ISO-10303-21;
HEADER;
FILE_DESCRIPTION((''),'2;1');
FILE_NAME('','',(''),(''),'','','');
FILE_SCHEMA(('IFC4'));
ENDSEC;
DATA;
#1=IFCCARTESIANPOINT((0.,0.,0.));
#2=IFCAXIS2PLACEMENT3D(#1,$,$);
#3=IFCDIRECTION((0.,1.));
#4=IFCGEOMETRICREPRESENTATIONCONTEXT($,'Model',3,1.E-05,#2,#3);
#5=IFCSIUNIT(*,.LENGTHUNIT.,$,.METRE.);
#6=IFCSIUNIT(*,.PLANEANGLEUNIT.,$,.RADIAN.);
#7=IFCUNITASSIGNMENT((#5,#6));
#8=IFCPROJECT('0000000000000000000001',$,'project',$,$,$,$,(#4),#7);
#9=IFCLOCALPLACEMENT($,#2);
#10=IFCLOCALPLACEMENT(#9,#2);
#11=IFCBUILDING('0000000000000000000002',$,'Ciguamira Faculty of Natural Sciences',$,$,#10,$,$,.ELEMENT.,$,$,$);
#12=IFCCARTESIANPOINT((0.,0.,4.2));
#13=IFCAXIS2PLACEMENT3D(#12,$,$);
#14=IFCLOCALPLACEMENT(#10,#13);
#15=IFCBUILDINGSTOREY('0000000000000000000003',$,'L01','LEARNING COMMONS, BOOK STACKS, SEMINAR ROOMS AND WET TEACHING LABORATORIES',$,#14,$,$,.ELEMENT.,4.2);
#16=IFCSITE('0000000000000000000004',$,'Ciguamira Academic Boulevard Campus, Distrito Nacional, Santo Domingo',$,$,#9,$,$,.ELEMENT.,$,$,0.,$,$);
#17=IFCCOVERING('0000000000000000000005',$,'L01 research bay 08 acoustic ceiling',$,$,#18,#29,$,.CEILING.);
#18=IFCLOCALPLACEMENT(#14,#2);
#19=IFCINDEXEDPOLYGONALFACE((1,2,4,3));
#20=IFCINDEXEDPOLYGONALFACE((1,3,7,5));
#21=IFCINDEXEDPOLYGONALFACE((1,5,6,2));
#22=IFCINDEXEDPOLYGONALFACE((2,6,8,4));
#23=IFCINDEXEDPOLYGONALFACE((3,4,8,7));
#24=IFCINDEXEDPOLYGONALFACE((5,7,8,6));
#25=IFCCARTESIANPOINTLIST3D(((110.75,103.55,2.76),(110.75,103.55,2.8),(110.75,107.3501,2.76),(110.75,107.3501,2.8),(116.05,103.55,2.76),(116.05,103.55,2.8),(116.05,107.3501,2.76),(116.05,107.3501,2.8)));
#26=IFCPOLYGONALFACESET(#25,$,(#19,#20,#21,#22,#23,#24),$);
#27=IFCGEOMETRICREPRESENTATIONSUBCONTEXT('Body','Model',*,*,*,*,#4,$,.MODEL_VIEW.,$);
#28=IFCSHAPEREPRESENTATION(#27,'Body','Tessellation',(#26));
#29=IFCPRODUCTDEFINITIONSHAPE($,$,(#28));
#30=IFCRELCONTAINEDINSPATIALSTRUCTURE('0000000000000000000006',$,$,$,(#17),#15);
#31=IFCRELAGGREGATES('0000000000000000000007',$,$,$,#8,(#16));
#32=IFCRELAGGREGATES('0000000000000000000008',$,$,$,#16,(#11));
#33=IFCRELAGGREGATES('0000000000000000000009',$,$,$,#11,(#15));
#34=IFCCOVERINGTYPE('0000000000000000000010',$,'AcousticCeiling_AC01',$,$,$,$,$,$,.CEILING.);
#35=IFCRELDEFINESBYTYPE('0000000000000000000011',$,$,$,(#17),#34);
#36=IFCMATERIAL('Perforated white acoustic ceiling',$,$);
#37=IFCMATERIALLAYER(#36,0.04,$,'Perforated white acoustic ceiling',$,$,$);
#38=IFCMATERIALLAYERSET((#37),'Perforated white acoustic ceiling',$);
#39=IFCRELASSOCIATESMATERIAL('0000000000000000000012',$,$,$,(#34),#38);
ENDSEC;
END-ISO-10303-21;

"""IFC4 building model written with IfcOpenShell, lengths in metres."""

from ifc_helpers import new_model, si_unit, direction, frame, origin, place, context, subcontext, project, spatial, polyline, outline, extrude, material, layer, layer_set, type_object, element, save


model = new_model("IFC4")

# Units and contexts
model_context = context("Model", 3, precision=1e-05, world=origin(), true_north=direction((0.0, 1.0)))
body_context = subcontext(model_context, "Body", "Model", "MODEL_VIEW")
ifc_project = project(units=[si_unit("LENGTHUNIT", "METRE"), si_unit("PLANEANGLEUNIT", "RADIAN")], contexts=[model_context])

# Site, building, storey
site_placement = place(None, origin())
site = spatial("IfcSite", under=ifc_project, at=site_placement, Name="Ciguamira Academic Boulevard Campus, Distrito Nacional, Santo Domingo", CompositionType="ELEMENT", RefElevation=0.0)
building_placement = place(site_placement, origin())
building = spatial("IfcBuilding", under=site, at=building_placement, Name="Ciguamira Faculty of Natural Sciences", CompositionType="ELEMENT")
storey_placement = place(building_placement, frame((0.0, 0.0, 4.2)))
storey = spatial("IfcBuildingStorey", under=building, at=storey_placement, Name="L01", Description="LEARNING COMMONS, BOOK STACKS, SEMINAR ROOMS AND WET TEACHING LABORATORIES", CompositionType="ELEMENT", Elevation=4.2)

# Covering
ifc_material_1 = material(Name="Perforated white acoustic ceiling")
ifc_layer_1 = layer(ifc_material_1, 0.04, Name="Perforated white acoustic ceiling")
ifc_layer_set_1 = layer_set([ifc_layer_1], Name="Perforated white acoustic ceiling")
covering_type = type_object("IfcCoveringType", Name="AcousticCeiling_AC01", PredefinedType="CEILING", material=ifc_layer_set_1)
covering_1_placement = place(storey_placement, frame((0.0, 0.0, 2.76)))
element("IfcCovering", 1, at=covering_1_placement, inside=storey, type_object=covering_type, Name="L01 research bay 08 acoustic ceiling", PredefinedType="CEILING", context=body_context, shape_type="SweptSolid", body=[
    extrude(outline(polyline([(110.75, 103.55), (116.05, 103.55), (116.05, 107.3501), (110.75, 107.3501), (110.75, 103.55)])), origin(), (0.0, 0.0, 1.0), 0.04),
])

save(model, "model.ifc")
